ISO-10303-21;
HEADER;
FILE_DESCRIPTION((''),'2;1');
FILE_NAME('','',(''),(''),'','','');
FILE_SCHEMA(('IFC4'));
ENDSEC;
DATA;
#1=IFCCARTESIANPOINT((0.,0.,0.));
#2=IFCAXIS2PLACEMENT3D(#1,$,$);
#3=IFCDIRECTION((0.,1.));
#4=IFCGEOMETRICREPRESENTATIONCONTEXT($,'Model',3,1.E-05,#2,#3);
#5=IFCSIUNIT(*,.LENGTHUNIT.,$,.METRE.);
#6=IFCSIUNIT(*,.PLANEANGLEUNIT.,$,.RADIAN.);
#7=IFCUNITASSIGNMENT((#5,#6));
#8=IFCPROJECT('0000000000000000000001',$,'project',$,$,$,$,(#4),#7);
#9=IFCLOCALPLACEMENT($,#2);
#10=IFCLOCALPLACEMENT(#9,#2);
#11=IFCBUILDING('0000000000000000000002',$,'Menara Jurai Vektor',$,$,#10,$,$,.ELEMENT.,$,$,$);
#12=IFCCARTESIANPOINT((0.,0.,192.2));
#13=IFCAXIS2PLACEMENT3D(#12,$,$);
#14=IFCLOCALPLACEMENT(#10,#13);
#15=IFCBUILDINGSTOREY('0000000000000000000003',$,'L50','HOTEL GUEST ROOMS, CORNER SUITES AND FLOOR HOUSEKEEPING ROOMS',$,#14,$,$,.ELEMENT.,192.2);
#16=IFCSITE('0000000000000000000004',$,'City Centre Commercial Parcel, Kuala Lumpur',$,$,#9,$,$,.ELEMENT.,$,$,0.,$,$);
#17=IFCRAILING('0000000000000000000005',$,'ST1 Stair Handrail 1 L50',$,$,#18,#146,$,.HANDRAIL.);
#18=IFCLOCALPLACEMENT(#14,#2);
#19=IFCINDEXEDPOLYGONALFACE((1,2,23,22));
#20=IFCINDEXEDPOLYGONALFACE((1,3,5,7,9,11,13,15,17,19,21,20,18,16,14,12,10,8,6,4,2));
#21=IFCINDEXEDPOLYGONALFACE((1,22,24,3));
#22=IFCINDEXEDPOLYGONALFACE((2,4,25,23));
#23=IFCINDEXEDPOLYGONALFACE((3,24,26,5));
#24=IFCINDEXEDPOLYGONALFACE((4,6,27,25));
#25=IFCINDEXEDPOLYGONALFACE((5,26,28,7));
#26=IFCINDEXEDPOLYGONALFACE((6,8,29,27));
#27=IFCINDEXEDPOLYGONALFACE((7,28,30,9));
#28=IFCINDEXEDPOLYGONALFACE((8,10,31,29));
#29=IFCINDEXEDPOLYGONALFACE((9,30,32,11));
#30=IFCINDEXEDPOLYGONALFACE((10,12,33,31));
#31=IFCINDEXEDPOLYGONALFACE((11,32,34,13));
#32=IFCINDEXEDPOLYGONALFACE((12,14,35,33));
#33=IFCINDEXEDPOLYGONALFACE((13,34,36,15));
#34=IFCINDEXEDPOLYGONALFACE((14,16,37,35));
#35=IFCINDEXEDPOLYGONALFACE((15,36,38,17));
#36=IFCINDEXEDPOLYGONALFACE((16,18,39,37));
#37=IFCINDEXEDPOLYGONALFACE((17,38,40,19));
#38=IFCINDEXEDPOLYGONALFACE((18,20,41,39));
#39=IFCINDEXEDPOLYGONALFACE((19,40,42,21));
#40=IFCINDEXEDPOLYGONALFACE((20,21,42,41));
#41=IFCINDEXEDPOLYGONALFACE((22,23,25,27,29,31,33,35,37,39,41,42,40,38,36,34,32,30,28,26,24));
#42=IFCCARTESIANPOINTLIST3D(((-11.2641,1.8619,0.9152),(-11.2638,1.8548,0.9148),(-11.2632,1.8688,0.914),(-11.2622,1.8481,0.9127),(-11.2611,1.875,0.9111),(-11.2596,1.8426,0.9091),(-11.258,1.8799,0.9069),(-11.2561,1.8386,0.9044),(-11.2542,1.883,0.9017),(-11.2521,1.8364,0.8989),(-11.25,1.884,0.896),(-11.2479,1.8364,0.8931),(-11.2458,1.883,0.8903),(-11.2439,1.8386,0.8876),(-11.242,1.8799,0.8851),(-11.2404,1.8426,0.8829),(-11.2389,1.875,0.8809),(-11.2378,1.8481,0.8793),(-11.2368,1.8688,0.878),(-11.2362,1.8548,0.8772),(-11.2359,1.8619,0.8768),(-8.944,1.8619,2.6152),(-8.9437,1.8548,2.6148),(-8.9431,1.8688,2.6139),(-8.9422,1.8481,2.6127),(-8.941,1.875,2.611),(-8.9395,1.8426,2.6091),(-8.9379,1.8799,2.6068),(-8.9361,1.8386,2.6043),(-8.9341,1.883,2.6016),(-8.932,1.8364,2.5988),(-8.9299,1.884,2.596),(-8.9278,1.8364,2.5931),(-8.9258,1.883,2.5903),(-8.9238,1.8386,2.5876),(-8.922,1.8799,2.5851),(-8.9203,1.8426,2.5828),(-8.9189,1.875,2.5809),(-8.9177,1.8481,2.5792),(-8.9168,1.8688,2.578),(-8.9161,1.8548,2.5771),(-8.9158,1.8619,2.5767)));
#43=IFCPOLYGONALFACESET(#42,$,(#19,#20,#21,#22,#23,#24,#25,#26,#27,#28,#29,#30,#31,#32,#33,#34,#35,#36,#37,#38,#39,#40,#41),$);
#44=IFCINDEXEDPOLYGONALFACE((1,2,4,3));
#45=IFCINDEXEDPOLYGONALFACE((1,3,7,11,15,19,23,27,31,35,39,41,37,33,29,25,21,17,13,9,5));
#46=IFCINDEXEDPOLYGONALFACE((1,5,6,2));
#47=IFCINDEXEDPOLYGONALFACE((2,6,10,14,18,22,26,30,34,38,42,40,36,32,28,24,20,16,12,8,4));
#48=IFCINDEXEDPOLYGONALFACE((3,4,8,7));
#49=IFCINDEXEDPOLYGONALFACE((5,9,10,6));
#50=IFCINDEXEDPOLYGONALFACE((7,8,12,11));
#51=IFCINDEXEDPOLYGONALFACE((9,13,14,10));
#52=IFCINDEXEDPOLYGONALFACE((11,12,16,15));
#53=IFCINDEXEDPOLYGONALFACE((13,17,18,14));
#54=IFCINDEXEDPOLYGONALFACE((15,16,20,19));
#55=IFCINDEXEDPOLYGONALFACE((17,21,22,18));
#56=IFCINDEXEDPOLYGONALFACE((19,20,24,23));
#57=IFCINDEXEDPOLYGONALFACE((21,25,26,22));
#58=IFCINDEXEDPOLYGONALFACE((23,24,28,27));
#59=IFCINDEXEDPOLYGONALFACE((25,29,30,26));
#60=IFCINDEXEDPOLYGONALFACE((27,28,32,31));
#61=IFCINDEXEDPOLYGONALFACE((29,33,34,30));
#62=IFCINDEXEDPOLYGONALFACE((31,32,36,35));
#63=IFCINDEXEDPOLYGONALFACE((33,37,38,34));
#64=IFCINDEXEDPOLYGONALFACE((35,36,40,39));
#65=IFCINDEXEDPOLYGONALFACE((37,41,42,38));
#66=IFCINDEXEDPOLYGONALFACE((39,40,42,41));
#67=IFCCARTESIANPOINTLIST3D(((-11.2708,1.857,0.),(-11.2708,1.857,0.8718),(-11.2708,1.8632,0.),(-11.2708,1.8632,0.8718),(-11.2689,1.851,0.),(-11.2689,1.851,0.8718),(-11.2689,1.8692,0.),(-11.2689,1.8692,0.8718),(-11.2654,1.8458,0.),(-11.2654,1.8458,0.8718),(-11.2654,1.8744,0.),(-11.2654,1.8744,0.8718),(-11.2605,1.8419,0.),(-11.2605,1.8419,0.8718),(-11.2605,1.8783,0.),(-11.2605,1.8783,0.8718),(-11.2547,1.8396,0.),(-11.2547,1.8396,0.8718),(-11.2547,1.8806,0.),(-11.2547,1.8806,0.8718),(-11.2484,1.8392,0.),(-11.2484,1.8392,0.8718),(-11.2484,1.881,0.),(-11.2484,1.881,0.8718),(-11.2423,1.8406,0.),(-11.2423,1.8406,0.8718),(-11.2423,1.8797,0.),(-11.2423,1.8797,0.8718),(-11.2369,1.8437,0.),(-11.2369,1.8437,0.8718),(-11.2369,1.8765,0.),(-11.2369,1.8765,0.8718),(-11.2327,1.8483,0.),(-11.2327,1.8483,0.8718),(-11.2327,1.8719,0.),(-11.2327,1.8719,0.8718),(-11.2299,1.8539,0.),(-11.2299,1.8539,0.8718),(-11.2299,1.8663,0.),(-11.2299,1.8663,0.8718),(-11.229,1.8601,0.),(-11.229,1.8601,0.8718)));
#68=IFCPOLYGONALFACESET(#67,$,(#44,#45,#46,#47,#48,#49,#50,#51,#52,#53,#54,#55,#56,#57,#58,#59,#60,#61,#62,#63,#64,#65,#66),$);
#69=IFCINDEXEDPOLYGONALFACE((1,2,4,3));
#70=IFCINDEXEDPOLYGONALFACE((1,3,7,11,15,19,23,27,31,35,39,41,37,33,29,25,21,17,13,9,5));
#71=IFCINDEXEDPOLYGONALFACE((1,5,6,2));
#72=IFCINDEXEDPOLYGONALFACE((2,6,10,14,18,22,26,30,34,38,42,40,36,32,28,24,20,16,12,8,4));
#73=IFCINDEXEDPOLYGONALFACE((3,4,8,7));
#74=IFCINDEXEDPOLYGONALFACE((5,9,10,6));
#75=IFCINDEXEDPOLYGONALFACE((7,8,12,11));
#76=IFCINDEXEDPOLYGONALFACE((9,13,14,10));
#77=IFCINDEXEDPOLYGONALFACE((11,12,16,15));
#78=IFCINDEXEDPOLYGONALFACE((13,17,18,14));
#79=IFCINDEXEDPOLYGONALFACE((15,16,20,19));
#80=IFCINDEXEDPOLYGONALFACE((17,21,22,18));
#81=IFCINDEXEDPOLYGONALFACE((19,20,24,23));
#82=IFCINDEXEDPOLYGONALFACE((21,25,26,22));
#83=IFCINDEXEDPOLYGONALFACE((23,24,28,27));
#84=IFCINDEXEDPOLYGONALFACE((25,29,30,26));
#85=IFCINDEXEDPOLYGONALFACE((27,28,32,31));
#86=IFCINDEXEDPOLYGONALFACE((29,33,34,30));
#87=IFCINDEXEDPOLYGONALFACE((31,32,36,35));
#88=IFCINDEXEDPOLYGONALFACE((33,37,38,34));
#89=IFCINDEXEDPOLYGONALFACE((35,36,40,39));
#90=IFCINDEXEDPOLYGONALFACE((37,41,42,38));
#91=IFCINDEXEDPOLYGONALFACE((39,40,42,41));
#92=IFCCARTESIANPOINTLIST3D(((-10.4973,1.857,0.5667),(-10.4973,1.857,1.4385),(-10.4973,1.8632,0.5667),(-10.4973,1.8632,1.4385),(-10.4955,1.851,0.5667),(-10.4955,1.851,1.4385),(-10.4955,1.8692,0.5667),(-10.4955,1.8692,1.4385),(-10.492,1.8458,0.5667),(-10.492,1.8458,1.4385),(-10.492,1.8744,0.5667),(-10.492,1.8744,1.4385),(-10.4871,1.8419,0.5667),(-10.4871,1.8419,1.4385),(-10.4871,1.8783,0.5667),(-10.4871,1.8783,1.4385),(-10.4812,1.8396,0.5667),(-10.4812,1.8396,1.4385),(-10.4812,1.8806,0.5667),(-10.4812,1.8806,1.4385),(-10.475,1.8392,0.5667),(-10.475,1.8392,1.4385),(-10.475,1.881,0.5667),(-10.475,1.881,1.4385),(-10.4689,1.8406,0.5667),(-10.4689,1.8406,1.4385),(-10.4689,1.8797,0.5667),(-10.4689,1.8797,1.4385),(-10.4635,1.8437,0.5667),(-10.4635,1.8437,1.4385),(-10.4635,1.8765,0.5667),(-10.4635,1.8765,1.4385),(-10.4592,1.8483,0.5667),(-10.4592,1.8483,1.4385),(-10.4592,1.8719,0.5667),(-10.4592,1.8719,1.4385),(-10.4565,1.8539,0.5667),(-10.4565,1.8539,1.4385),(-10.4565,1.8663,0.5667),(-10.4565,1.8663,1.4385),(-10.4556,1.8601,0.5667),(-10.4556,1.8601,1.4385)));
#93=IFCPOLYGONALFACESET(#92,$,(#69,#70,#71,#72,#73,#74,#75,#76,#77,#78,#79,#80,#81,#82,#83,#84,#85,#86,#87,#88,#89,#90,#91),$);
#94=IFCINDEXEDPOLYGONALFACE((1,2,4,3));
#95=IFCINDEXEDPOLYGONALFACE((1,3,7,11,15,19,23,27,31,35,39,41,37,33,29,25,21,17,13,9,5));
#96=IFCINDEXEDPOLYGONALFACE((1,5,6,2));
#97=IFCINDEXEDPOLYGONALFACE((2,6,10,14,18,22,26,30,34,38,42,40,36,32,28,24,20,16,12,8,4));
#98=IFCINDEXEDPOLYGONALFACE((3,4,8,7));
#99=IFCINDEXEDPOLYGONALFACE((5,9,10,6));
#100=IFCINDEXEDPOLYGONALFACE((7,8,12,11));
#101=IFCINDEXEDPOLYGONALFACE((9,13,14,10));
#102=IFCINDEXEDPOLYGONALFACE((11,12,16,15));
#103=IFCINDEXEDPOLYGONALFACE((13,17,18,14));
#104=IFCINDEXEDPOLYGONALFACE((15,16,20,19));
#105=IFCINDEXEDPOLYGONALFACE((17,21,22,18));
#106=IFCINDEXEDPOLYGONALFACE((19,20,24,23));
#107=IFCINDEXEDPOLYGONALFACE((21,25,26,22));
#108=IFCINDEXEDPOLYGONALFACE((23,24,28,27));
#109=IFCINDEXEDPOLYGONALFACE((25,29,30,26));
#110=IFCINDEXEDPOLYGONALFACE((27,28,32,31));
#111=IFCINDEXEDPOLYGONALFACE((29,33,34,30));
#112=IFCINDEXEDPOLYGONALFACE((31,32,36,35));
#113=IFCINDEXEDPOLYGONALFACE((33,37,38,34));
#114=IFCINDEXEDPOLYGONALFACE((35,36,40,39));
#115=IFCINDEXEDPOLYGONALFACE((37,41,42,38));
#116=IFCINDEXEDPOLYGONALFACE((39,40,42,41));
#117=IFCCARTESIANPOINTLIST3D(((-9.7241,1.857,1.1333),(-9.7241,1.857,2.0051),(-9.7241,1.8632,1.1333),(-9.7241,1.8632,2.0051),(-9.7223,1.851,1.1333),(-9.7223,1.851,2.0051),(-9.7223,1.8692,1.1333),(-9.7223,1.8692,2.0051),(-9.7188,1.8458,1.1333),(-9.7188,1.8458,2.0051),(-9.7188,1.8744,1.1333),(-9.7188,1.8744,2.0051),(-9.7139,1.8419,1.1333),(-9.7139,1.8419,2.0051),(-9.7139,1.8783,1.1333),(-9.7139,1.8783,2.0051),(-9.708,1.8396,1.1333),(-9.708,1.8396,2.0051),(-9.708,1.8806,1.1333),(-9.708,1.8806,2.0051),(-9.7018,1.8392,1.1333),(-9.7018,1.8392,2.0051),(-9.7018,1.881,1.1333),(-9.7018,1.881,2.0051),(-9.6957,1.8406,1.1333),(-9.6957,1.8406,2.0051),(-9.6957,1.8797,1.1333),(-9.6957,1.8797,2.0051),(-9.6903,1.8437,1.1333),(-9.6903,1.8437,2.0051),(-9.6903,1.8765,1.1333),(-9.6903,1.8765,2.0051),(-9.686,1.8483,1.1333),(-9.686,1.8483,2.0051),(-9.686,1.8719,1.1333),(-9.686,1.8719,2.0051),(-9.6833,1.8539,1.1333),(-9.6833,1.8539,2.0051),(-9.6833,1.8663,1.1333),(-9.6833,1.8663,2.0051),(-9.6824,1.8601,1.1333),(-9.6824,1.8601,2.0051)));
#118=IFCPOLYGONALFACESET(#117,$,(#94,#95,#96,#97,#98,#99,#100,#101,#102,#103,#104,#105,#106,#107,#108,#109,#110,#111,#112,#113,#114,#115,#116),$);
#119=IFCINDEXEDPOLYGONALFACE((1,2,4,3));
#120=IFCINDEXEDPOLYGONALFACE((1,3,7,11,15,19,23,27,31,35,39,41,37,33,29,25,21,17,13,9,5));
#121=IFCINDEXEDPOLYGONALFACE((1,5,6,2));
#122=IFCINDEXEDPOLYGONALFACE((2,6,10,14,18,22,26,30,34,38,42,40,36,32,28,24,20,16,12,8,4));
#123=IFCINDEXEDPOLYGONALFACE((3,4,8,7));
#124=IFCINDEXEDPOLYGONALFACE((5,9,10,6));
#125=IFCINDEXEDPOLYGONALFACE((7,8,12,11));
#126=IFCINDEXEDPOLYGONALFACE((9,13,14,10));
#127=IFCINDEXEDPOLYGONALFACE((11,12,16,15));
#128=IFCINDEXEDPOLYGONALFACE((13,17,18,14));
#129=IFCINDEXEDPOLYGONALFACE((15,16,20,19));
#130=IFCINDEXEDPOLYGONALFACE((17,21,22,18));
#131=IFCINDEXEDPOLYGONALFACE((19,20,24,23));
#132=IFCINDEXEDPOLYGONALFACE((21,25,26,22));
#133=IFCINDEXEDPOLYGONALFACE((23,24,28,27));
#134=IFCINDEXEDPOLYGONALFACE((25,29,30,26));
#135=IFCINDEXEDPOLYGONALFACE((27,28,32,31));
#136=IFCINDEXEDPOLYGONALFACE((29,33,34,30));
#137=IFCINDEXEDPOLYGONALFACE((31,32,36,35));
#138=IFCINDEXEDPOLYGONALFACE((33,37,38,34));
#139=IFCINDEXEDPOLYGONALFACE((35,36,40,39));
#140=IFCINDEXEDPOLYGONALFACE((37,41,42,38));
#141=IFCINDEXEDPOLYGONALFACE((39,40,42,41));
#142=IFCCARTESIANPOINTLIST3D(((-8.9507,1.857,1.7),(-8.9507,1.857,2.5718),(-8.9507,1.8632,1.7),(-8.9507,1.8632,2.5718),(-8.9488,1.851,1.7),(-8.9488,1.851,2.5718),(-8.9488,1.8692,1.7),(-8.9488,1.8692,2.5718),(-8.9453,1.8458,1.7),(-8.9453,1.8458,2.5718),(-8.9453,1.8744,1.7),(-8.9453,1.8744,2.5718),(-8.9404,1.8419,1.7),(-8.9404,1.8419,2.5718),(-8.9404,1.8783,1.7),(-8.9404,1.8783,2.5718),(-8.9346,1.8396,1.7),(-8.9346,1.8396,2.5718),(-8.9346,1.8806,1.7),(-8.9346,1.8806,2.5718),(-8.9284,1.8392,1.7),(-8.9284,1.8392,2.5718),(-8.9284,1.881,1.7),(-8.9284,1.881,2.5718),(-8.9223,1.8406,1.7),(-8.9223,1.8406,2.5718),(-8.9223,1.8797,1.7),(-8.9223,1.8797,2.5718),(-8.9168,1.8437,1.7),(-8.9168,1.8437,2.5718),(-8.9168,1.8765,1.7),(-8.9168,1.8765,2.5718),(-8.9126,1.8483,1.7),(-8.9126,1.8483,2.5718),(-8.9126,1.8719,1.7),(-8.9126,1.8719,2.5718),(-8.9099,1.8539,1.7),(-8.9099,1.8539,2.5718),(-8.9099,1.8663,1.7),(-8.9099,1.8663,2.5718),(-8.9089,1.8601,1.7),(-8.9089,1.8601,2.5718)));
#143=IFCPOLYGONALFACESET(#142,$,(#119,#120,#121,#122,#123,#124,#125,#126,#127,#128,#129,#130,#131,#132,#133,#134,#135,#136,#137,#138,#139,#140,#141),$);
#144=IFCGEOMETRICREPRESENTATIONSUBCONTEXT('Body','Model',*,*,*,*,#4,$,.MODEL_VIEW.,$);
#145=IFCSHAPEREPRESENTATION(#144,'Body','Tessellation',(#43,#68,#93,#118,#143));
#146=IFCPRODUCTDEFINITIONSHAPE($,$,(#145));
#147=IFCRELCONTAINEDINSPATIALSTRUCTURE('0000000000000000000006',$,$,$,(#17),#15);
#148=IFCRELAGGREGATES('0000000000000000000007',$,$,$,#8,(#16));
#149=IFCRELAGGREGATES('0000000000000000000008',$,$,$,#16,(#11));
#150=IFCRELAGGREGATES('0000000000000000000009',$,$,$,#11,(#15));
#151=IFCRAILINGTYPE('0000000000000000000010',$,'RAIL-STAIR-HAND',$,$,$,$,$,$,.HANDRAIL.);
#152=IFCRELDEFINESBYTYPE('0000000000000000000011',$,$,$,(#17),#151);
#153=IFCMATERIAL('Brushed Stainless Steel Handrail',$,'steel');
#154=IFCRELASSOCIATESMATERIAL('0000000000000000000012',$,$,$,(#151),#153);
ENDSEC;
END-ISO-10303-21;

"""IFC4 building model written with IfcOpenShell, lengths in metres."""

from ifc_helpers import new_model, si_unit, direction, frame, origin, origin_2d, place, context, subcontext, project, spatial, circle, extrude, material, type_object, element, save


model = new_model("IFC4")

# Units and contexts
model_context = context("Model", 3, precision=1e-05, world=origin(), true_north=direction((0.0, 1.0)))
body_context = subcontext(model_context, "Body", "Model", "MODEL_VIEW")
ifc_project = project(units=[si_unit("LENGTHUNIT", "METRE"), si_unit("PLANEANGLEUNIT", "RADIAN")], contexts=[model_context])

# Site, building, storey
site_placement = place(None, origin())
site = spatial("IfcSite", under=ifc_project, at=site_placement, Name="City Centre Commercial Parcel, Kuala Lumpur", CompositionType="ELEMENT", RefElevation=0.0)
building_placement = place(site_placement, origin())
building = spatial("IfcBuilding", under=site, at=building_placement, Name="Menara Jurai Vektor", CompositionType="ELEMENT")
storey_placement = place(building_placement, frame((0.0, 0.0, 192.2)))
storey = spatial("IfcBuildingStorey", under=building, at=storey_placement, Name="L50", Description="HOTEL GUEST ROOMS, CORNER SUITES AND FLOOR HOUSEKEEPING ROOMS", CompositionType="ELEMENT", Elevation=192.2)

# Railing
ifc_material_1 = material(Name="Brushed Stainless Steel Handrail", Category="steel")
railing_type_1 = type_object("IfcRailingType", Name="RAIL-STAIR-HAND", PredefinedType="HANDRAIL", material=ifc_material_1)
railing_1_placement = place(storey_placement, frame((-11.25, 1.8601, 0.0)))
element("IfcRailing", 1, at=railing_1_placement, inside=storey, type_object=railing_type_1, Name="ST1 Stair Handrail 1 L50", PredefinedType="HANDRAIL", context=body_context, shape_type="SweptSolid", body=[
    extrude(circle(Radius=0.0239, at=origin_2d()), frame((0.0, 0.0, 0.896), z_axis=(0.806642, 0.0, 0.59104), x_axis=(0.0, 1.0, 0.0)), (0.0, 0.0, 1.0), 2.8762),
    extrude(circle(Radius=0.021, at=origin_2d()), origin(), (0.0, 0.0, 1.0), 0.8718),
    extrude(circle(Radius=0.021, at=origin_2d()), frame((0.7734, 0.0, 0.5667)), (0.0, 0.0, 1.0), 0.8718),
    extrude(circle(Radius=0.021, at=origin_2d()), frame((1.5466, 0.0, 1.1333)), (0.0, 0.0, 1.0), 0.8718),
    extrude(circle(Radius=0.021, at=origin_2d()), frame((2.3201, 0.0, 1.7)), (0.0, 0.0, 1.0), 0.8718),
])

save(model, "model.ifc")
